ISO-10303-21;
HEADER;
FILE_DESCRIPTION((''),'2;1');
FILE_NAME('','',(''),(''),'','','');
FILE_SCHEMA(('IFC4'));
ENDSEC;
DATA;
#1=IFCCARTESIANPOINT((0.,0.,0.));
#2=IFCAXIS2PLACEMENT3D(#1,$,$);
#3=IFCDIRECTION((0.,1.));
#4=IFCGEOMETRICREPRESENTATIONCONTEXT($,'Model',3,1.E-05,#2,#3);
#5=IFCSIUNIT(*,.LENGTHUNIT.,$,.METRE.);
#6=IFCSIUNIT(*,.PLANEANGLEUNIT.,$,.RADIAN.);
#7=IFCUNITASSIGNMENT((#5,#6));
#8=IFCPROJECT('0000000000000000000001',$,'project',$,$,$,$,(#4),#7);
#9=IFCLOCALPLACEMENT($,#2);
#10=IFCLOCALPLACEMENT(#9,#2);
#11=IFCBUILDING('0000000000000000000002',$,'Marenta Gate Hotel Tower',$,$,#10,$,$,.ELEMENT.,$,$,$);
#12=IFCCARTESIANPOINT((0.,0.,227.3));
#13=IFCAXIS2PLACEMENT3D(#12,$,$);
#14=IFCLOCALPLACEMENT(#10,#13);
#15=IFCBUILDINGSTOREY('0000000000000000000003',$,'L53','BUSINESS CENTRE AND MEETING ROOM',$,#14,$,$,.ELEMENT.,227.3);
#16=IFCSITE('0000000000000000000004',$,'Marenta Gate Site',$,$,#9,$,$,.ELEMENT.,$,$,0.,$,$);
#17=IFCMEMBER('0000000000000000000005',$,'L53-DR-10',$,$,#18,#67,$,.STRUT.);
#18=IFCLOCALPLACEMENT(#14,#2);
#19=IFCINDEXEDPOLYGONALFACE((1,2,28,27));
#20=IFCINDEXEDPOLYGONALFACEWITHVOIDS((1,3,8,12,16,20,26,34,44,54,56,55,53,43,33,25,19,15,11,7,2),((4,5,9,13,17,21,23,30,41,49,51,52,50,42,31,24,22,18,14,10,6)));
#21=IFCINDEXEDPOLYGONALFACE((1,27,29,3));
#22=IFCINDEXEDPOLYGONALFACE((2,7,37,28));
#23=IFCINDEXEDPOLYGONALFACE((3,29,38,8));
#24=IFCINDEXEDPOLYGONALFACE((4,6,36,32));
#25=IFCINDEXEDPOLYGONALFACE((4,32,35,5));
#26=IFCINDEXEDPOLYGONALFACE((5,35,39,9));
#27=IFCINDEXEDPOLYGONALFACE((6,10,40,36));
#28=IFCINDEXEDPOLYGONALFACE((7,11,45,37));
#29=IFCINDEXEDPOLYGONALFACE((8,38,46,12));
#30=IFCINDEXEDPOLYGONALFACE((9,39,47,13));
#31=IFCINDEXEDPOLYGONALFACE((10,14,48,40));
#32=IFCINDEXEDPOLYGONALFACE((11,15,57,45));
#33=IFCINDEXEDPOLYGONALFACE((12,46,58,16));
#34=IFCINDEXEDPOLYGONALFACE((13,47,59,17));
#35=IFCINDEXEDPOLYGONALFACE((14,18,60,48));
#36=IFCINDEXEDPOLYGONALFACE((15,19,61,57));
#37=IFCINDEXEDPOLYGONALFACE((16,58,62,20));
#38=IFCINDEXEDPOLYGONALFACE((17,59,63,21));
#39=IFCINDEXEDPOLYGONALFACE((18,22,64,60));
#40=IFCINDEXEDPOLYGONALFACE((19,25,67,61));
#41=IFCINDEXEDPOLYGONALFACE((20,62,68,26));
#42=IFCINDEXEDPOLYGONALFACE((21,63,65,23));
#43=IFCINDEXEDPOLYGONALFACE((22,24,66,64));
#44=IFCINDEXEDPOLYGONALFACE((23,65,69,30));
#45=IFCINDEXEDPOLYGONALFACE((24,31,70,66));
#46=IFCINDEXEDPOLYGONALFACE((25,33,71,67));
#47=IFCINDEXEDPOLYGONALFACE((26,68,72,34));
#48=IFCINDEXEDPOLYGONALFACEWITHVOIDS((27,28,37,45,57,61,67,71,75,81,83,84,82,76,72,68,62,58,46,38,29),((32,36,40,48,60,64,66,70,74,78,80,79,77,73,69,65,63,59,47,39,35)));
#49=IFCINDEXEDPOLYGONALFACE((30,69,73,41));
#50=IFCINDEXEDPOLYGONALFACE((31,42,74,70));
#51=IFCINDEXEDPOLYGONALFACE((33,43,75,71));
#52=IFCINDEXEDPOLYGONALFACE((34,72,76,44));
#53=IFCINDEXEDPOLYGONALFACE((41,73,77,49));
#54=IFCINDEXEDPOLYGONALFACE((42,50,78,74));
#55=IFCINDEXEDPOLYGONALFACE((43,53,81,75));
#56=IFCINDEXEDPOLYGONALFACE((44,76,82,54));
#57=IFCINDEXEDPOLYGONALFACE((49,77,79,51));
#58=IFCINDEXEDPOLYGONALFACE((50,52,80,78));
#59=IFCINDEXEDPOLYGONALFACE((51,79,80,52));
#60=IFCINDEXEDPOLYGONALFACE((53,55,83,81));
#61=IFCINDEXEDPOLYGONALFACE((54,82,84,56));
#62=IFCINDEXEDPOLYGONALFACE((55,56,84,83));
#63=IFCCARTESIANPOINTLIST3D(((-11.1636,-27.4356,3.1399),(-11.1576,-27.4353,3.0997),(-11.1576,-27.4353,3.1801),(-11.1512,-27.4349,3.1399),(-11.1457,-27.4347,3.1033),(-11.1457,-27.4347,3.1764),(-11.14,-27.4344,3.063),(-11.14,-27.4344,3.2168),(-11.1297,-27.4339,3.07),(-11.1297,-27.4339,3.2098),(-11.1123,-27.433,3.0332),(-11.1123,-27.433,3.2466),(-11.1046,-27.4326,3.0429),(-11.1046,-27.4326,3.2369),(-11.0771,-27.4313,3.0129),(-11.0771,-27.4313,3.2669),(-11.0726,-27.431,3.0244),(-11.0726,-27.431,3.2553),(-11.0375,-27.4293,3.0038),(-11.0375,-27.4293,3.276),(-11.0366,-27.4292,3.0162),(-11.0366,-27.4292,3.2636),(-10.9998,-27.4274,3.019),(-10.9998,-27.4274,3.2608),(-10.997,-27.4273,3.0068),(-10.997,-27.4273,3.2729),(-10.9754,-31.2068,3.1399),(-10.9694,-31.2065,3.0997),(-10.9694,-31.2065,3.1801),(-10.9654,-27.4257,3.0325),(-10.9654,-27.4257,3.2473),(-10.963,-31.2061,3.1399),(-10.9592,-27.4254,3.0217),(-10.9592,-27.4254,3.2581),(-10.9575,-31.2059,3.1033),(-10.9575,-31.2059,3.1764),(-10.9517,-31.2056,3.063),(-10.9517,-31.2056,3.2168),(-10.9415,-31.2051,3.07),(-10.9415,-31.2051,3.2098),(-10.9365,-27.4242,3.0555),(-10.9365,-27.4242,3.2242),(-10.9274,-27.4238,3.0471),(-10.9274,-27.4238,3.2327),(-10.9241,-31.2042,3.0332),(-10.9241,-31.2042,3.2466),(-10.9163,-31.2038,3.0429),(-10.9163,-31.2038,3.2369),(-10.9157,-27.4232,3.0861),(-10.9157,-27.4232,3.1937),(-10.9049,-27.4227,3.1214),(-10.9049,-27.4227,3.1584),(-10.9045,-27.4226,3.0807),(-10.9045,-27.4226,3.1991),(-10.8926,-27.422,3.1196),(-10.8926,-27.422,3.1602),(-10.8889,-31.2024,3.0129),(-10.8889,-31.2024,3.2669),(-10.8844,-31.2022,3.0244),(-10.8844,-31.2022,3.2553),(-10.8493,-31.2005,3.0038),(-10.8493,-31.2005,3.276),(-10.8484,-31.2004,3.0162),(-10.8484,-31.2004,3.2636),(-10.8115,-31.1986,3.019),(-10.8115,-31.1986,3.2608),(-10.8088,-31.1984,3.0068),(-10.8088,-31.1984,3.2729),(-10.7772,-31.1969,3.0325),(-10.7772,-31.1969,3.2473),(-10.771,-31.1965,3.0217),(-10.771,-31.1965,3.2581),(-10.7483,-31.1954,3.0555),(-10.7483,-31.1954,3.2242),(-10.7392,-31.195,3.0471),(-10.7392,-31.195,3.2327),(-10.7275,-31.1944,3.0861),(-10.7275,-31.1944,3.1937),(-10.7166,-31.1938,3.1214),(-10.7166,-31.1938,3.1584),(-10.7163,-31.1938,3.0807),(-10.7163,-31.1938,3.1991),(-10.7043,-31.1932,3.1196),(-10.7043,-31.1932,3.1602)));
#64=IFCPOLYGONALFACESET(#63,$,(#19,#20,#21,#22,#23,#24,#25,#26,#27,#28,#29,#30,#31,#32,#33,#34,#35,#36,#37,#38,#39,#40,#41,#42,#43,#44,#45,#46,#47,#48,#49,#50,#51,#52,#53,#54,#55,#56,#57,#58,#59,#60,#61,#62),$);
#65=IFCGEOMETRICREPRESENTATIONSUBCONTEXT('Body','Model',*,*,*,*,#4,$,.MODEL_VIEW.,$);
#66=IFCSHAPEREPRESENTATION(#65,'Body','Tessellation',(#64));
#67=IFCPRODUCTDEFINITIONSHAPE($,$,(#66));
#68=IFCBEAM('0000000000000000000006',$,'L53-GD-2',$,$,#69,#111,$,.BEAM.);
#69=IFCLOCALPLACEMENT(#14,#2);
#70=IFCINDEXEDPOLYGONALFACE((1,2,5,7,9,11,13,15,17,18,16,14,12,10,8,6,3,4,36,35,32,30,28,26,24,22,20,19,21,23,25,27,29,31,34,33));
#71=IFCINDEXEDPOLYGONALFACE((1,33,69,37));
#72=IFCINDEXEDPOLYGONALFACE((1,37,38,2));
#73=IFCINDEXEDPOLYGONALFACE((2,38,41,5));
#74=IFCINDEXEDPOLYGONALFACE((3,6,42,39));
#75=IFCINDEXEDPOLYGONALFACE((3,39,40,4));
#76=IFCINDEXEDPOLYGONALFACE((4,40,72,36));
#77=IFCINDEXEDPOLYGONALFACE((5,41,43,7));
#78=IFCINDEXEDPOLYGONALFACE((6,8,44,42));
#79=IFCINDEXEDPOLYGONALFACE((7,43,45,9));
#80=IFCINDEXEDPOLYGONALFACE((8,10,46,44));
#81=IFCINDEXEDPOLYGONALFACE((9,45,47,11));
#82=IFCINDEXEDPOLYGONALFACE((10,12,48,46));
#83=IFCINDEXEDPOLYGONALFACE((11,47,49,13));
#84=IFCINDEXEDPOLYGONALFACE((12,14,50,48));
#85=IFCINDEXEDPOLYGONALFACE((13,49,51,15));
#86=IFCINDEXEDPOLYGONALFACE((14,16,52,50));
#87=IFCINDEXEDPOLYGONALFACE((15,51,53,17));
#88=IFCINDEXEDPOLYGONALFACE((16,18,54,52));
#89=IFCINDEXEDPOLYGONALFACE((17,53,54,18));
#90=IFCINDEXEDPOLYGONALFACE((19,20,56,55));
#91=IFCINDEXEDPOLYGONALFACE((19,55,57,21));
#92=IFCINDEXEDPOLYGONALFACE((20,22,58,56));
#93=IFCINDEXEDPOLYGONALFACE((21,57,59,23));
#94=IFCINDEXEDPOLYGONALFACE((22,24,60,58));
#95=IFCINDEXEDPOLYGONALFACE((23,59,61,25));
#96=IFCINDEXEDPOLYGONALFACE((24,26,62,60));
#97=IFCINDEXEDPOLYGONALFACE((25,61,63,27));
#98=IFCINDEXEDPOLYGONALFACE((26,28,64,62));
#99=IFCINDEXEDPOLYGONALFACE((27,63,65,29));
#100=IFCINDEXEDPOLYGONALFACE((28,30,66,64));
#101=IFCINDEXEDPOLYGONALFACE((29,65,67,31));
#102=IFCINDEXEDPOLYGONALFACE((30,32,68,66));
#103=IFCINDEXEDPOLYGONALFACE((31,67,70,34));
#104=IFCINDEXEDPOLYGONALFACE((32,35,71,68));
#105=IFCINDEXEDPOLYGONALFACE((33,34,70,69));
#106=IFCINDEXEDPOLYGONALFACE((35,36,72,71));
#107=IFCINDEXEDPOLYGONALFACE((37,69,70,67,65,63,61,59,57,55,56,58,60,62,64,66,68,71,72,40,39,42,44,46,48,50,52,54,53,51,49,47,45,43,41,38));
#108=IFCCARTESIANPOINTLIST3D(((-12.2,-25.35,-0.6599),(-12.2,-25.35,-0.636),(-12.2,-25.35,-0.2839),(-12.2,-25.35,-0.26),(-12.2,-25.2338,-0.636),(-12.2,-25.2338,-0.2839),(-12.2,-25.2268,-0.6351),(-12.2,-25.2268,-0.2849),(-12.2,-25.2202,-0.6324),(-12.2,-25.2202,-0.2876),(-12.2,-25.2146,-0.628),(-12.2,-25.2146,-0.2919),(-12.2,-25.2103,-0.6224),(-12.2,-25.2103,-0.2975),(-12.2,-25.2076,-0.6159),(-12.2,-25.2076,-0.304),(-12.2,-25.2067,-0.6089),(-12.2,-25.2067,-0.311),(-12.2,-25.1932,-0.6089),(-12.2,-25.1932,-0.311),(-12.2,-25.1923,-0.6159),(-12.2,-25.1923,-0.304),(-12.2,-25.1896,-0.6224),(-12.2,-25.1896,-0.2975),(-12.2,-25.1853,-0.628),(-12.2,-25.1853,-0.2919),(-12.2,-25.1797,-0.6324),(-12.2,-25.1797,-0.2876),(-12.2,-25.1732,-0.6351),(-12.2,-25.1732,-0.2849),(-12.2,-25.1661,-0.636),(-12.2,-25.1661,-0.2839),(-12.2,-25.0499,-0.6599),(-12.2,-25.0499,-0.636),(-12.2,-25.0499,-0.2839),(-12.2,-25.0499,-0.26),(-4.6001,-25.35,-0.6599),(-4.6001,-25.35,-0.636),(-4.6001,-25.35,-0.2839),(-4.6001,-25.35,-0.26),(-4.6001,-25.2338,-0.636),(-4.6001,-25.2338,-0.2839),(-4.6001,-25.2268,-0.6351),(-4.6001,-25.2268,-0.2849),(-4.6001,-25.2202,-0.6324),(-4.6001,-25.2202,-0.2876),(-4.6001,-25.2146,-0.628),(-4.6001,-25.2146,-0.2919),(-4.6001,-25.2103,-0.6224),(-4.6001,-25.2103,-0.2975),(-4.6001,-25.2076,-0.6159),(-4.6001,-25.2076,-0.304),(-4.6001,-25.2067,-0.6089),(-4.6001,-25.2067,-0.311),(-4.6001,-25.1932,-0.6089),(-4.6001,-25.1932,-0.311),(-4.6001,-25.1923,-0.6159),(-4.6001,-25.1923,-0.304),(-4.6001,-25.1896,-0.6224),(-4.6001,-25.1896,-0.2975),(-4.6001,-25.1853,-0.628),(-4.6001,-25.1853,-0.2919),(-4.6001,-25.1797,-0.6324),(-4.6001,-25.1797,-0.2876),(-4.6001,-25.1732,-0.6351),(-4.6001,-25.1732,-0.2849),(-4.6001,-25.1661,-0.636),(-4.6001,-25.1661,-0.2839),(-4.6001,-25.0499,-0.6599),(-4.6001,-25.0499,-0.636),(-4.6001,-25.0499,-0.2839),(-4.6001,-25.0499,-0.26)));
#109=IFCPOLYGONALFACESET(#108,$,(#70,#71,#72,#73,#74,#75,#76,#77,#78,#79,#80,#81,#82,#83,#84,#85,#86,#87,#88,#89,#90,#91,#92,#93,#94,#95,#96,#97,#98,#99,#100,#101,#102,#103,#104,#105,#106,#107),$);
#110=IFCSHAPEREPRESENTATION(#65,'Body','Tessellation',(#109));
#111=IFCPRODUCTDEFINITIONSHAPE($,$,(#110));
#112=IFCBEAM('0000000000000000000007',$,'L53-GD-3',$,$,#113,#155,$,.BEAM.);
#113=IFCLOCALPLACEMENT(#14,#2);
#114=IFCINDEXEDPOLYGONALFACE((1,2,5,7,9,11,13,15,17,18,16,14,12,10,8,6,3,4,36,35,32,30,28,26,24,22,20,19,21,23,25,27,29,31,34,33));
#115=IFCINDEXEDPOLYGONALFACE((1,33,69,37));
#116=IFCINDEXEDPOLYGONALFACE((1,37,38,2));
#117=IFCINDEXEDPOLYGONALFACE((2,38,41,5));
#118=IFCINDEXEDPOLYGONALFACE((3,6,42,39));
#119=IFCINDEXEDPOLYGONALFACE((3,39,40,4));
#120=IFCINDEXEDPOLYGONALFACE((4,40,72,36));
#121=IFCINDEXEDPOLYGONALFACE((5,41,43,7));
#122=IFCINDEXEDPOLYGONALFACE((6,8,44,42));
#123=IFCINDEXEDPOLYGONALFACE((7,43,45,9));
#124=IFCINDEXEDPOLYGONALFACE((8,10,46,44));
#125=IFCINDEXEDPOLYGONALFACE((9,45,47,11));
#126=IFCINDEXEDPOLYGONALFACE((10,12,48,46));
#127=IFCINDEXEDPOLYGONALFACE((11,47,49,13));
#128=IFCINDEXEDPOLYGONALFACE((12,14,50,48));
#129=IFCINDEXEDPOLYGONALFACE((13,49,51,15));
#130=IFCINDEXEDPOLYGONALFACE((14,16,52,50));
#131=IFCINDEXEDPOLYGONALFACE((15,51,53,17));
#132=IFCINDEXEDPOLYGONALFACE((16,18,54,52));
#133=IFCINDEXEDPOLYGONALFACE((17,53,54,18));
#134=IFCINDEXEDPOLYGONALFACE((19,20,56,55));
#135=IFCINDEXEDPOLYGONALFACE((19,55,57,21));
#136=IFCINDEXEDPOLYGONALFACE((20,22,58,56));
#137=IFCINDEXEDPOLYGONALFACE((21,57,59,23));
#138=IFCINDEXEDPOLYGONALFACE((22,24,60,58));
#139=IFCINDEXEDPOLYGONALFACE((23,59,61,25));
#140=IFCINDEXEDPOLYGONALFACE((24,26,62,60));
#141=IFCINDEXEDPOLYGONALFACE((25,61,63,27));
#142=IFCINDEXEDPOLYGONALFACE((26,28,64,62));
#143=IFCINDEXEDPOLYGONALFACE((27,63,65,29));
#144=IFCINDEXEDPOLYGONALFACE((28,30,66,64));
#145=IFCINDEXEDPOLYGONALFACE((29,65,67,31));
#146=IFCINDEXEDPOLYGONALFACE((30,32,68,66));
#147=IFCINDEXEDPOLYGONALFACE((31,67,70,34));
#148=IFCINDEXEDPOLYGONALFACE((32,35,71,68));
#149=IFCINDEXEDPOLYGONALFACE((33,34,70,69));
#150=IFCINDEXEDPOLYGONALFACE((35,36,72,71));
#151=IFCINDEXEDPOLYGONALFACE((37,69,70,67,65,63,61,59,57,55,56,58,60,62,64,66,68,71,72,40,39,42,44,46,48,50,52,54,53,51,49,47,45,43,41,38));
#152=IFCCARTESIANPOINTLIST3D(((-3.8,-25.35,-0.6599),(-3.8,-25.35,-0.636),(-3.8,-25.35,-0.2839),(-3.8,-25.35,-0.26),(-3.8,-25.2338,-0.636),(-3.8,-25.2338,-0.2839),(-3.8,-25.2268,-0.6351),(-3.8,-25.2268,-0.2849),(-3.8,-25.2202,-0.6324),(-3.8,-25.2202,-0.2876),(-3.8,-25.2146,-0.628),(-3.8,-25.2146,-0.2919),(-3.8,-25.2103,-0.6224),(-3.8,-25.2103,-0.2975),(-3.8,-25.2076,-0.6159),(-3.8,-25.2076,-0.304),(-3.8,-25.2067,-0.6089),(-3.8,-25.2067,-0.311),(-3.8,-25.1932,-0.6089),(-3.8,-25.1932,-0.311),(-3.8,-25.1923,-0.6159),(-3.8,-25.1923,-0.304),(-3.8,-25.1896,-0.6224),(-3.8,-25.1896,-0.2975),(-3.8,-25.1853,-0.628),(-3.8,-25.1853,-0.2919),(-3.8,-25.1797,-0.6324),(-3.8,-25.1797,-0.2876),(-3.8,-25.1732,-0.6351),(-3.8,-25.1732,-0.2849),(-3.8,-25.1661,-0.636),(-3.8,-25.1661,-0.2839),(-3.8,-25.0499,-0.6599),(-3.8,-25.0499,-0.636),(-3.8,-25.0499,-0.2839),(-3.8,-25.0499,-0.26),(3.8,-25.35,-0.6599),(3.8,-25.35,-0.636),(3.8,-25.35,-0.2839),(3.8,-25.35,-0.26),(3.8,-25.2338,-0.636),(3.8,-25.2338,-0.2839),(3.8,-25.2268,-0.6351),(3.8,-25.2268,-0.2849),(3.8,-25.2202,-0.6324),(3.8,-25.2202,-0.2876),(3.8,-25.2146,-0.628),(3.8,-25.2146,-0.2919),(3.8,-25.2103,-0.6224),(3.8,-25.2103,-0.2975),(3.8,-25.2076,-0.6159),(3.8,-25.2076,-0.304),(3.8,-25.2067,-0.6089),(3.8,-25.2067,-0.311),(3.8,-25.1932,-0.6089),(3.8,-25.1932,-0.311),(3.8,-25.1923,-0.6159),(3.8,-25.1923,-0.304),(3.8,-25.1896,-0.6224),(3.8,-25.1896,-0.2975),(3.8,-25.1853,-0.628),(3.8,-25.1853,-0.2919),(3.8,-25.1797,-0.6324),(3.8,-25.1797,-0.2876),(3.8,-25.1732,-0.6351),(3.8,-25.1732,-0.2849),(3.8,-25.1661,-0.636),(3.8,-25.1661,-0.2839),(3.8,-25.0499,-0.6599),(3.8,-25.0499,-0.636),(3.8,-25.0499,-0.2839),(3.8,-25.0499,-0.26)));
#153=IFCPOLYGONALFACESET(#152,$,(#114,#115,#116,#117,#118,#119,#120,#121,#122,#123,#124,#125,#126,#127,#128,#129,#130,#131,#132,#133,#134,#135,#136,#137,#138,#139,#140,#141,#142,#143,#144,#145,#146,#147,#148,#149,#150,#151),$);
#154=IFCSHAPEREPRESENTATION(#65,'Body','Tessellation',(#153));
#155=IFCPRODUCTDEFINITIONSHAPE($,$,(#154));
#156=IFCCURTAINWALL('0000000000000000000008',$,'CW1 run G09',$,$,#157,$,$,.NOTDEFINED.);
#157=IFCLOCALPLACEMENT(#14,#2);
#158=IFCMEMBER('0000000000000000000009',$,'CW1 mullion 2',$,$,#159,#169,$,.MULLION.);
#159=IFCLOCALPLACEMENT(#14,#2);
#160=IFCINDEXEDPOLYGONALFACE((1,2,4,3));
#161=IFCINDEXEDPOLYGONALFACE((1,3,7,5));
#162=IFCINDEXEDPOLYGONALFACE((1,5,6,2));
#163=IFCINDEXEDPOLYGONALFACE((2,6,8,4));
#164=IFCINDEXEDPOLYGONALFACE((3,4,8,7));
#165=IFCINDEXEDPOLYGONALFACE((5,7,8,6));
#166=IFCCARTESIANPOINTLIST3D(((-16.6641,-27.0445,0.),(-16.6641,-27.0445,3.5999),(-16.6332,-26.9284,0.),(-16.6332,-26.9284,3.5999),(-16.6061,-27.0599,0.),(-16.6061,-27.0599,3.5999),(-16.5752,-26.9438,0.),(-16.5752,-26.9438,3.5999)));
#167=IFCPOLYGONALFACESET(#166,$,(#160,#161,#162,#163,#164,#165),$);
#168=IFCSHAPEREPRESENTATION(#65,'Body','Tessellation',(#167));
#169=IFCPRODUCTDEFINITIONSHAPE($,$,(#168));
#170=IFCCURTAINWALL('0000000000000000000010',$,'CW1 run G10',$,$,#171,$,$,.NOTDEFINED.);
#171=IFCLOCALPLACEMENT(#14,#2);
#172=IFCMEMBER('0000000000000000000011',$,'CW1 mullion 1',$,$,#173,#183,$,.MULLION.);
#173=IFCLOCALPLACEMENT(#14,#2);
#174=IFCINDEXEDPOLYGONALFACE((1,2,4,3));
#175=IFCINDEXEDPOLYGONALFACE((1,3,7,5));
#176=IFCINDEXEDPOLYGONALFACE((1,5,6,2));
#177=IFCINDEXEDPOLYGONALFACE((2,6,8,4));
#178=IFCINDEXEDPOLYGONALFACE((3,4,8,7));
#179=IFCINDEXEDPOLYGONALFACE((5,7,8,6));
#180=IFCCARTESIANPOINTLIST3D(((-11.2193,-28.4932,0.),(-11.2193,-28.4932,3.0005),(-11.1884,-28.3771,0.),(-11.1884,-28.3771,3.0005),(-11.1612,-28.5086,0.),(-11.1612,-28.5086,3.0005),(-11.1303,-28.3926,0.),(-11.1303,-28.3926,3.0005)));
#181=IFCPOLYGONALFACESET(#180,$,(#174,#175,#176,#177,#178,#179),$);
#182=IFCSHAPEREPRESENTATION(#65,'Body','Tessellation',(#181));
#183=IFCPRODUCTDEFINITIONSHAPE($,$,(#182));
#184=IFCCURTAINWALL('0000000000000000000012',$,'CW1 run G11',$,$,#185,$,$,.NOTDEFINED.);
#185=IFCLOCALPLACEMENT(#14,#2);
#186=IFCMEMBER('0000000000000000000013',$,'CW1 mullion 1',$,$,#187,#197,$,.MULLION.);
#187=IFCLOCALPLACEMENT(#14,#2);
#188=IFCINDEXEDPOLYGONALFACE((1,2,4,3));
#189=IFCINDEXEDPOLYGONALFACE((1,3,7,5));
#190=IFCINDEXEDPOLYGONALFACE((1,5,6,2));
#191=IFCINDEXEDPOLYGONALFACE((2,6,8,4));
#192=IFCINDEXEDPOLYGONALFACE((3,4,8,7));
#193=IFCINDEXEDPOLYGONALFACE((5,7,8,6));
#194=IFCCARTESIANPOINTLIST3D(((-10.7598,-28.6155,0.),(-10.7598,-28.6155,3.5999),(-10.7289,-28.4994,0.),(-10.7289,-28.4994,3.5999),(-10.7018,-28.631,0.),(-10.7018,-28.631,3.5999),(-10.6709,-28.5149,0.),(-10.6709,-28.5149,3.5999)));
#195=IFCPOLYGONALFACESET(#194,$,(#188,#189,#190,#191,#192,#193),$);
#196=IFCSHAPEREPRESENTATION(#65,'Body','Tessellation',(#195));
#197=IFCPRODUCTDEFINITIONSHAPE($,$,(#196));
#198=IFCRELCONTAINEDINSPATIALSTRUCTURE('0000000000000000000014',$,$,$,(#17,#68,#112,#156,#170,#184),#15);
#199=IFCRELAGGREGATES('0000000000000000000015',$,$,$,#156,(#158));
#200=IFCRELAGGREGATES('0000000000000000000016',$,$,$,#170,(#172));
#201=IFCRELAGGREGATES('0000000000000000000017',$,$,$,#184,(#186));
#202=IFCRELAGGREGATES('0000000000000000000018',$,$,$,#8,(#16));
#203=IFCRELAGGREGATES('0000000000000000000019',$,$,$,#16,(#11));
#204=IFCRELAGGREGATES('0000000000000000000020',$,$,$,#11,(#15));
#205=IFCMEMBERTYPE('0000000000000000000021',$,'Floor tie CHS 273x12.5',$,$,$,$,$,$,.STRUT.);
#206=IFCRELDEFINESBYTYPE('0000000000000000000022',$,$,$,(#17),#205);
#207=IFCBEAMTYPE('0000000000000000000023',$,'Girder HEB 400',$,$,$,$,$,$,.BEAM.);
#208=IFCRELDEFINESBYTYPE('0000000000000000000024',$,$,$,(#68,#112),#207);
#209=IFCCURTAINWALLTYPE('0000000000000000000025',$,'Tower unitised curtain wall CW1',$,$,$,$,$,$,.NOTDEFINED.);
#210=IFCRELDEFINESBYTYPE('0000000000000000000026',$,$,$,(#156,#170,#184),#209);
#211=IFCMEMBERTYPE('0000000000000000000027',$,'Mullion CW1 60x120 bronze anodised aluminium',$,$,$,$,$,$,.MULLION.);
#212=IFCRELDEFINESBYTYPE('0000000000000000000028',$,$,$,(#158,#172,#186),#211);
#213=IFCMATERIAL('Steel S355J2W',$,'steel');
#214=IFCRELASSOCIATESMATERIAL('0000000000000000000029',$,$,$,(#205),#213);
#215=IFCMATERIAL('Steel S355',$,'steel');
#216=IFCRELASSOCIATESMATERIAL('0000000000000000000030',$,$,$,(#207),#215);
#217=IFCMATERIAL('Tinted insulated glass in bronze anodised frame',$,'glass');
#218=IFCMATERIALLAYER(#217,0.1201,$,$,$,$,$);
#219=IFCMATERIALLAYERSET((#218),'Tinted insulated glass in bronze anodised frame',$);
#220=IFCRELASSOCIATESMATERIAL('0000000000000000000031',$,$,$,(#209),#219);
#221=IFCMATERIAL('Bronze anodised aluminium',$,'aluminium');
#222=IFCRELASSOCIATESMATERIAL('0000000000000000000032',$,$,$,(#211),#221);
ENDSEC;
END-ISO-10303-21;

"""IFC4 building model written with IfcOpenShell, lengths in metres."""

from ifc_helpers import new_model, si_unit, direction, frame, origin, origin_2d, place, context, subcontext, project, spatial, rectangle, hollow_circle, i_section, extrude, material, layer, layer_set, material_profile, profile_set, type_object, element, aggregate, save


model = new_model("IFC4")

# Units and contexts
model_context = context("Model", 3, precision=1e-05, world=origin(), true_north=direction((0.0, 1.0)))
body_context = subcontext(model_context, "Body", "Model", "MODEL_VIEW")
ifc_project = project(units=[si_unit("LENGTHUNIT", "METRE"), si_unit("PLANEANGLEUNIT", "RADIAN")], contexts=[model_context])

# Site, building, storey
site_placement = place(None, origin())
site = spatial("IfcSite", under=ifc_project, at=site_placement, Name="Marenta Gate Site", CompositionType="ELEMENT", RefElevation=0.0)
building_placement = place(site_placement, origin())
building = spatial("IfcBuilding", under=site, at=building_placement, Name="Marenta Gate Hotel Tower", CompositionType="ELEMENT")
storey_placement = place(building_placement, frame((0.0, 0.0, 227.3)))
storey = spatial("IfcBuildingStorey", under=building, at=storey_placement, Name="L53", Description="BUSINESS CENTRE AND MEETING ROOM", CompositionType="ELEMENT", Elevation=227.3)

# Member
ifc_material_1 = material(Name="Steel S355J2W", Category="steel")
ifc_material_profile_1 = material_profile(ifc_material_1, hollow_circle(Radius=0.1365, WallThickness=0.0125, at=origin_2d()), Name="CHS 273x12.5")
ifc_profile_set_1 = profile_set([ifc_material_profile_1], Name="Steel S355J2W")
member_type_1 = type_object("IfcMemberType", Name="Floor tie CHS 273x12.5", PredefinedType="STRUT", material=ifc_profile_set_1)
member_1_placement = place(storey_placement, frame((-10.8391, -31.2, 3.1399), z_axis=(-0.049851, 0.998757, 0.0), x_axis=(-0.998757, -0.049851, 0.0)))
element("IfcMember", 1, at=member_1_placement, inside=storey, type_object=member_type_1, Name="L53-DR-10", PredefinedType="STRUT", context=body_context, shape_type="SweptSolid", body=[
    extrude(hollow_circle(Radius=0.1365, WallThickness=0.0125, at=origin_2d()), origin(), (0.0, 0.0, 1.0), 3.7759),
])

# Beams
ifc_material_2 = material(Name="Steel S355", Category="steel")
ifc_material_profile_2 = material_profile(ifc_material_2, i_section(OverallWidth=0.3, OverallDepth=0.3999, WebThickness=0.0134, FlangeThickness=0.0239, FilletRadius=0.0271, at=origin_2d()), Name="HEB 400")
ifc_profile_set_2 = profile_set([ifc_material_profile_2], Name="Steel S355")
beam_type_1 = type_object("IfcBeamType", Name="Girder HEB 400", PredefinedType="BEAM", material=ifc_profile_set_2)
beam_1_placement = place(storey_placement, frame((-12.2, -25.2, -0.46), z_axis=(1.0, 0.0, 0.0), x_axis=(0.0, 1.0, 0.0)))
element("IfcBeam", 2, at=beam_1_placement, inside=storey, type_object=beam_type_1, Name="L53-GD-2", PredefinedType="BEAM", context=body_context, shape_type="SweptSolid", body=[
    extrude(i_section(OverallWidth=0.3, OverallDepth=0.3999, WebThickness=0.0134, FlangeThickness=0.0239, FilletRadius=0.0271, at=origin_2d()), origin(), (0.0, 0.0, 1.0), 7.5999),
])
beam_2_placement = place(storey_placement, frame((-3.8, -25.2, -0.46), z_axis=(1.0, 0.0, 0.0), x_axis=(0.0, 1.0, 0.0)))
element("IfcBeam", 3, at=beam_2_placement, inside=storey, type_object=beam_type_1, Name="L53-GD-3", PredefinedType="BEAM", context=body_context, shape_type="SweptSolid", body=[
    extrude(i_section(OverallWidth=0.3, OverallDepth=0.3999, WebThickness=0.0134, FlangeThickness=0.0239, FilletRadius=0.0271, at=origin_2d()), origin(), (0.0, 0.0, 1.0), 7.6001),
])

# Curtain walls, members
ifc_material_3 = material(Name="Tinted insulated glass in bronze anodised frame", Category="glass")
ifc_layer_1 = layer(ifc_material_3, 0.1201)
ifc_layer_set_1 = layer_set([ifc_layer_1], Name="Tinted insulated glass in bronze anodised frame")
curtain_wall_type = type_object("IfcCurtainWallType", Name="Tower unitised curtain wall CW1", PredefinedType="NOTDEFINED", material=ifc_layer_set_1)
curtain_wall_1_placement = place(storey_placement, origin())
curtain_wall_1 = element("IfcCurtainWall", 4, at=curtain_wall_1_placement, inside=storey, type_object=curtain_wall_type, Name="CW1 run G09", PredefinedType="NOTDEFINED")
ifc_material_4 = material(Name="Bronze anodised aluminium", Category="aluminium")
ifc_material_profile_3 = material_profile(ifc_material_4, rectangle(XDim=0.1201, YDim=0.0601, at=origin_2d()), Name="Mullion CW1 60x120 bronze anodised aluminium")
ifc_profile_set_3 = profile_set([ifc_material_profile_3], Name="Bronze anodised aluminium")
member_type_2 = type_object("IfcMemberType", Name="Mullion CW1 60x120 bronze anodised aluminium", PredefinedType="MULLION", material=ifc_profile_set_3)
member_2_placement = place(storey_placement, frame((-16.6196, -26.9941, 0.0), z_axis=(0.0, 0.0, 1.0), x_axis=(0.257132, 0.966376, 0.0)))
member_2 = element("IfcMember", 5, at=member_2_placement, type_object=member_type_2, Name="CW1 mullion 2", PredefinedType="MULLION", context=body_context, shape_type="SweptSolid", body=[
    extrude(rectangle(XDim=0.1201, YDim=0.0601, at=origin_2d()), origin(), (0.0, 0.0, 1.0), 3.5999),
])
curtain_wall_2_placement = place(storey_placement, origin())
curtain_wall_2 = element("IfcCurtainWall", 6, at=curtain_wall_2_placement, inside=storey, type_object=curtain_wall_type, Name="CW1 run G10", PredefinedType="NOTDEFINED")
member_3_placement = place(storey_placement, frame((-11.1748, -28.4429, 0.0), z_axis=(0.0, 0.0, 1.0), x_axis=(0.2571, 0.966385, 0.0)))
member_3 = element("IfcMember", 7, at=member_3_placement, type_object=member_type_2, Name="CW1 mullion 1", PredefinedType="MULLION", context=body_context, shape_type="SweptSolid", body=[
    extrude(rectangle(XDim=0.1201, YDim=0.0601, at=origin_2d()), origin(), (0.0, 0.0, 1.0), 3.0005),
])
curtain_wall_3_placement = place(storey_placement, origin())
curtain_wall_3 = element("IfcCurtainWall", 8, at=curtain_wall_3_placement, inside=storey, type_object=curtain_wall_type, Name="CW1 run G11", PredefinedType="NOTDEFINED")
member_4_placement = place(storey_placement, frame((-10.7153, -28.5652, 0.0), z_axis=(0.0, 0.0, 1.0), x_axis=(0.257431, 0.966297, 0.0)))
member_4 = element("IfcMember", 9, at=member_4_placement, type_object=member_type_2, Name="CW1 mullion 1", PredefinedType="MULLION", context=body_context, shape_type="SweptSolid", body=[
    extrude(rectangle(XDim=0.1201, YDim=0.0601, at=origin_2d()), origin(), (0.0, 0.0, 1.0), 3.5999),
])

aggregate(curtain_wall_1, [member_2])
aggregate(curtain_wall_2, [member_3])
aggregate(curtain_wall_3, [member_4])

save(model, "model.ifc")
